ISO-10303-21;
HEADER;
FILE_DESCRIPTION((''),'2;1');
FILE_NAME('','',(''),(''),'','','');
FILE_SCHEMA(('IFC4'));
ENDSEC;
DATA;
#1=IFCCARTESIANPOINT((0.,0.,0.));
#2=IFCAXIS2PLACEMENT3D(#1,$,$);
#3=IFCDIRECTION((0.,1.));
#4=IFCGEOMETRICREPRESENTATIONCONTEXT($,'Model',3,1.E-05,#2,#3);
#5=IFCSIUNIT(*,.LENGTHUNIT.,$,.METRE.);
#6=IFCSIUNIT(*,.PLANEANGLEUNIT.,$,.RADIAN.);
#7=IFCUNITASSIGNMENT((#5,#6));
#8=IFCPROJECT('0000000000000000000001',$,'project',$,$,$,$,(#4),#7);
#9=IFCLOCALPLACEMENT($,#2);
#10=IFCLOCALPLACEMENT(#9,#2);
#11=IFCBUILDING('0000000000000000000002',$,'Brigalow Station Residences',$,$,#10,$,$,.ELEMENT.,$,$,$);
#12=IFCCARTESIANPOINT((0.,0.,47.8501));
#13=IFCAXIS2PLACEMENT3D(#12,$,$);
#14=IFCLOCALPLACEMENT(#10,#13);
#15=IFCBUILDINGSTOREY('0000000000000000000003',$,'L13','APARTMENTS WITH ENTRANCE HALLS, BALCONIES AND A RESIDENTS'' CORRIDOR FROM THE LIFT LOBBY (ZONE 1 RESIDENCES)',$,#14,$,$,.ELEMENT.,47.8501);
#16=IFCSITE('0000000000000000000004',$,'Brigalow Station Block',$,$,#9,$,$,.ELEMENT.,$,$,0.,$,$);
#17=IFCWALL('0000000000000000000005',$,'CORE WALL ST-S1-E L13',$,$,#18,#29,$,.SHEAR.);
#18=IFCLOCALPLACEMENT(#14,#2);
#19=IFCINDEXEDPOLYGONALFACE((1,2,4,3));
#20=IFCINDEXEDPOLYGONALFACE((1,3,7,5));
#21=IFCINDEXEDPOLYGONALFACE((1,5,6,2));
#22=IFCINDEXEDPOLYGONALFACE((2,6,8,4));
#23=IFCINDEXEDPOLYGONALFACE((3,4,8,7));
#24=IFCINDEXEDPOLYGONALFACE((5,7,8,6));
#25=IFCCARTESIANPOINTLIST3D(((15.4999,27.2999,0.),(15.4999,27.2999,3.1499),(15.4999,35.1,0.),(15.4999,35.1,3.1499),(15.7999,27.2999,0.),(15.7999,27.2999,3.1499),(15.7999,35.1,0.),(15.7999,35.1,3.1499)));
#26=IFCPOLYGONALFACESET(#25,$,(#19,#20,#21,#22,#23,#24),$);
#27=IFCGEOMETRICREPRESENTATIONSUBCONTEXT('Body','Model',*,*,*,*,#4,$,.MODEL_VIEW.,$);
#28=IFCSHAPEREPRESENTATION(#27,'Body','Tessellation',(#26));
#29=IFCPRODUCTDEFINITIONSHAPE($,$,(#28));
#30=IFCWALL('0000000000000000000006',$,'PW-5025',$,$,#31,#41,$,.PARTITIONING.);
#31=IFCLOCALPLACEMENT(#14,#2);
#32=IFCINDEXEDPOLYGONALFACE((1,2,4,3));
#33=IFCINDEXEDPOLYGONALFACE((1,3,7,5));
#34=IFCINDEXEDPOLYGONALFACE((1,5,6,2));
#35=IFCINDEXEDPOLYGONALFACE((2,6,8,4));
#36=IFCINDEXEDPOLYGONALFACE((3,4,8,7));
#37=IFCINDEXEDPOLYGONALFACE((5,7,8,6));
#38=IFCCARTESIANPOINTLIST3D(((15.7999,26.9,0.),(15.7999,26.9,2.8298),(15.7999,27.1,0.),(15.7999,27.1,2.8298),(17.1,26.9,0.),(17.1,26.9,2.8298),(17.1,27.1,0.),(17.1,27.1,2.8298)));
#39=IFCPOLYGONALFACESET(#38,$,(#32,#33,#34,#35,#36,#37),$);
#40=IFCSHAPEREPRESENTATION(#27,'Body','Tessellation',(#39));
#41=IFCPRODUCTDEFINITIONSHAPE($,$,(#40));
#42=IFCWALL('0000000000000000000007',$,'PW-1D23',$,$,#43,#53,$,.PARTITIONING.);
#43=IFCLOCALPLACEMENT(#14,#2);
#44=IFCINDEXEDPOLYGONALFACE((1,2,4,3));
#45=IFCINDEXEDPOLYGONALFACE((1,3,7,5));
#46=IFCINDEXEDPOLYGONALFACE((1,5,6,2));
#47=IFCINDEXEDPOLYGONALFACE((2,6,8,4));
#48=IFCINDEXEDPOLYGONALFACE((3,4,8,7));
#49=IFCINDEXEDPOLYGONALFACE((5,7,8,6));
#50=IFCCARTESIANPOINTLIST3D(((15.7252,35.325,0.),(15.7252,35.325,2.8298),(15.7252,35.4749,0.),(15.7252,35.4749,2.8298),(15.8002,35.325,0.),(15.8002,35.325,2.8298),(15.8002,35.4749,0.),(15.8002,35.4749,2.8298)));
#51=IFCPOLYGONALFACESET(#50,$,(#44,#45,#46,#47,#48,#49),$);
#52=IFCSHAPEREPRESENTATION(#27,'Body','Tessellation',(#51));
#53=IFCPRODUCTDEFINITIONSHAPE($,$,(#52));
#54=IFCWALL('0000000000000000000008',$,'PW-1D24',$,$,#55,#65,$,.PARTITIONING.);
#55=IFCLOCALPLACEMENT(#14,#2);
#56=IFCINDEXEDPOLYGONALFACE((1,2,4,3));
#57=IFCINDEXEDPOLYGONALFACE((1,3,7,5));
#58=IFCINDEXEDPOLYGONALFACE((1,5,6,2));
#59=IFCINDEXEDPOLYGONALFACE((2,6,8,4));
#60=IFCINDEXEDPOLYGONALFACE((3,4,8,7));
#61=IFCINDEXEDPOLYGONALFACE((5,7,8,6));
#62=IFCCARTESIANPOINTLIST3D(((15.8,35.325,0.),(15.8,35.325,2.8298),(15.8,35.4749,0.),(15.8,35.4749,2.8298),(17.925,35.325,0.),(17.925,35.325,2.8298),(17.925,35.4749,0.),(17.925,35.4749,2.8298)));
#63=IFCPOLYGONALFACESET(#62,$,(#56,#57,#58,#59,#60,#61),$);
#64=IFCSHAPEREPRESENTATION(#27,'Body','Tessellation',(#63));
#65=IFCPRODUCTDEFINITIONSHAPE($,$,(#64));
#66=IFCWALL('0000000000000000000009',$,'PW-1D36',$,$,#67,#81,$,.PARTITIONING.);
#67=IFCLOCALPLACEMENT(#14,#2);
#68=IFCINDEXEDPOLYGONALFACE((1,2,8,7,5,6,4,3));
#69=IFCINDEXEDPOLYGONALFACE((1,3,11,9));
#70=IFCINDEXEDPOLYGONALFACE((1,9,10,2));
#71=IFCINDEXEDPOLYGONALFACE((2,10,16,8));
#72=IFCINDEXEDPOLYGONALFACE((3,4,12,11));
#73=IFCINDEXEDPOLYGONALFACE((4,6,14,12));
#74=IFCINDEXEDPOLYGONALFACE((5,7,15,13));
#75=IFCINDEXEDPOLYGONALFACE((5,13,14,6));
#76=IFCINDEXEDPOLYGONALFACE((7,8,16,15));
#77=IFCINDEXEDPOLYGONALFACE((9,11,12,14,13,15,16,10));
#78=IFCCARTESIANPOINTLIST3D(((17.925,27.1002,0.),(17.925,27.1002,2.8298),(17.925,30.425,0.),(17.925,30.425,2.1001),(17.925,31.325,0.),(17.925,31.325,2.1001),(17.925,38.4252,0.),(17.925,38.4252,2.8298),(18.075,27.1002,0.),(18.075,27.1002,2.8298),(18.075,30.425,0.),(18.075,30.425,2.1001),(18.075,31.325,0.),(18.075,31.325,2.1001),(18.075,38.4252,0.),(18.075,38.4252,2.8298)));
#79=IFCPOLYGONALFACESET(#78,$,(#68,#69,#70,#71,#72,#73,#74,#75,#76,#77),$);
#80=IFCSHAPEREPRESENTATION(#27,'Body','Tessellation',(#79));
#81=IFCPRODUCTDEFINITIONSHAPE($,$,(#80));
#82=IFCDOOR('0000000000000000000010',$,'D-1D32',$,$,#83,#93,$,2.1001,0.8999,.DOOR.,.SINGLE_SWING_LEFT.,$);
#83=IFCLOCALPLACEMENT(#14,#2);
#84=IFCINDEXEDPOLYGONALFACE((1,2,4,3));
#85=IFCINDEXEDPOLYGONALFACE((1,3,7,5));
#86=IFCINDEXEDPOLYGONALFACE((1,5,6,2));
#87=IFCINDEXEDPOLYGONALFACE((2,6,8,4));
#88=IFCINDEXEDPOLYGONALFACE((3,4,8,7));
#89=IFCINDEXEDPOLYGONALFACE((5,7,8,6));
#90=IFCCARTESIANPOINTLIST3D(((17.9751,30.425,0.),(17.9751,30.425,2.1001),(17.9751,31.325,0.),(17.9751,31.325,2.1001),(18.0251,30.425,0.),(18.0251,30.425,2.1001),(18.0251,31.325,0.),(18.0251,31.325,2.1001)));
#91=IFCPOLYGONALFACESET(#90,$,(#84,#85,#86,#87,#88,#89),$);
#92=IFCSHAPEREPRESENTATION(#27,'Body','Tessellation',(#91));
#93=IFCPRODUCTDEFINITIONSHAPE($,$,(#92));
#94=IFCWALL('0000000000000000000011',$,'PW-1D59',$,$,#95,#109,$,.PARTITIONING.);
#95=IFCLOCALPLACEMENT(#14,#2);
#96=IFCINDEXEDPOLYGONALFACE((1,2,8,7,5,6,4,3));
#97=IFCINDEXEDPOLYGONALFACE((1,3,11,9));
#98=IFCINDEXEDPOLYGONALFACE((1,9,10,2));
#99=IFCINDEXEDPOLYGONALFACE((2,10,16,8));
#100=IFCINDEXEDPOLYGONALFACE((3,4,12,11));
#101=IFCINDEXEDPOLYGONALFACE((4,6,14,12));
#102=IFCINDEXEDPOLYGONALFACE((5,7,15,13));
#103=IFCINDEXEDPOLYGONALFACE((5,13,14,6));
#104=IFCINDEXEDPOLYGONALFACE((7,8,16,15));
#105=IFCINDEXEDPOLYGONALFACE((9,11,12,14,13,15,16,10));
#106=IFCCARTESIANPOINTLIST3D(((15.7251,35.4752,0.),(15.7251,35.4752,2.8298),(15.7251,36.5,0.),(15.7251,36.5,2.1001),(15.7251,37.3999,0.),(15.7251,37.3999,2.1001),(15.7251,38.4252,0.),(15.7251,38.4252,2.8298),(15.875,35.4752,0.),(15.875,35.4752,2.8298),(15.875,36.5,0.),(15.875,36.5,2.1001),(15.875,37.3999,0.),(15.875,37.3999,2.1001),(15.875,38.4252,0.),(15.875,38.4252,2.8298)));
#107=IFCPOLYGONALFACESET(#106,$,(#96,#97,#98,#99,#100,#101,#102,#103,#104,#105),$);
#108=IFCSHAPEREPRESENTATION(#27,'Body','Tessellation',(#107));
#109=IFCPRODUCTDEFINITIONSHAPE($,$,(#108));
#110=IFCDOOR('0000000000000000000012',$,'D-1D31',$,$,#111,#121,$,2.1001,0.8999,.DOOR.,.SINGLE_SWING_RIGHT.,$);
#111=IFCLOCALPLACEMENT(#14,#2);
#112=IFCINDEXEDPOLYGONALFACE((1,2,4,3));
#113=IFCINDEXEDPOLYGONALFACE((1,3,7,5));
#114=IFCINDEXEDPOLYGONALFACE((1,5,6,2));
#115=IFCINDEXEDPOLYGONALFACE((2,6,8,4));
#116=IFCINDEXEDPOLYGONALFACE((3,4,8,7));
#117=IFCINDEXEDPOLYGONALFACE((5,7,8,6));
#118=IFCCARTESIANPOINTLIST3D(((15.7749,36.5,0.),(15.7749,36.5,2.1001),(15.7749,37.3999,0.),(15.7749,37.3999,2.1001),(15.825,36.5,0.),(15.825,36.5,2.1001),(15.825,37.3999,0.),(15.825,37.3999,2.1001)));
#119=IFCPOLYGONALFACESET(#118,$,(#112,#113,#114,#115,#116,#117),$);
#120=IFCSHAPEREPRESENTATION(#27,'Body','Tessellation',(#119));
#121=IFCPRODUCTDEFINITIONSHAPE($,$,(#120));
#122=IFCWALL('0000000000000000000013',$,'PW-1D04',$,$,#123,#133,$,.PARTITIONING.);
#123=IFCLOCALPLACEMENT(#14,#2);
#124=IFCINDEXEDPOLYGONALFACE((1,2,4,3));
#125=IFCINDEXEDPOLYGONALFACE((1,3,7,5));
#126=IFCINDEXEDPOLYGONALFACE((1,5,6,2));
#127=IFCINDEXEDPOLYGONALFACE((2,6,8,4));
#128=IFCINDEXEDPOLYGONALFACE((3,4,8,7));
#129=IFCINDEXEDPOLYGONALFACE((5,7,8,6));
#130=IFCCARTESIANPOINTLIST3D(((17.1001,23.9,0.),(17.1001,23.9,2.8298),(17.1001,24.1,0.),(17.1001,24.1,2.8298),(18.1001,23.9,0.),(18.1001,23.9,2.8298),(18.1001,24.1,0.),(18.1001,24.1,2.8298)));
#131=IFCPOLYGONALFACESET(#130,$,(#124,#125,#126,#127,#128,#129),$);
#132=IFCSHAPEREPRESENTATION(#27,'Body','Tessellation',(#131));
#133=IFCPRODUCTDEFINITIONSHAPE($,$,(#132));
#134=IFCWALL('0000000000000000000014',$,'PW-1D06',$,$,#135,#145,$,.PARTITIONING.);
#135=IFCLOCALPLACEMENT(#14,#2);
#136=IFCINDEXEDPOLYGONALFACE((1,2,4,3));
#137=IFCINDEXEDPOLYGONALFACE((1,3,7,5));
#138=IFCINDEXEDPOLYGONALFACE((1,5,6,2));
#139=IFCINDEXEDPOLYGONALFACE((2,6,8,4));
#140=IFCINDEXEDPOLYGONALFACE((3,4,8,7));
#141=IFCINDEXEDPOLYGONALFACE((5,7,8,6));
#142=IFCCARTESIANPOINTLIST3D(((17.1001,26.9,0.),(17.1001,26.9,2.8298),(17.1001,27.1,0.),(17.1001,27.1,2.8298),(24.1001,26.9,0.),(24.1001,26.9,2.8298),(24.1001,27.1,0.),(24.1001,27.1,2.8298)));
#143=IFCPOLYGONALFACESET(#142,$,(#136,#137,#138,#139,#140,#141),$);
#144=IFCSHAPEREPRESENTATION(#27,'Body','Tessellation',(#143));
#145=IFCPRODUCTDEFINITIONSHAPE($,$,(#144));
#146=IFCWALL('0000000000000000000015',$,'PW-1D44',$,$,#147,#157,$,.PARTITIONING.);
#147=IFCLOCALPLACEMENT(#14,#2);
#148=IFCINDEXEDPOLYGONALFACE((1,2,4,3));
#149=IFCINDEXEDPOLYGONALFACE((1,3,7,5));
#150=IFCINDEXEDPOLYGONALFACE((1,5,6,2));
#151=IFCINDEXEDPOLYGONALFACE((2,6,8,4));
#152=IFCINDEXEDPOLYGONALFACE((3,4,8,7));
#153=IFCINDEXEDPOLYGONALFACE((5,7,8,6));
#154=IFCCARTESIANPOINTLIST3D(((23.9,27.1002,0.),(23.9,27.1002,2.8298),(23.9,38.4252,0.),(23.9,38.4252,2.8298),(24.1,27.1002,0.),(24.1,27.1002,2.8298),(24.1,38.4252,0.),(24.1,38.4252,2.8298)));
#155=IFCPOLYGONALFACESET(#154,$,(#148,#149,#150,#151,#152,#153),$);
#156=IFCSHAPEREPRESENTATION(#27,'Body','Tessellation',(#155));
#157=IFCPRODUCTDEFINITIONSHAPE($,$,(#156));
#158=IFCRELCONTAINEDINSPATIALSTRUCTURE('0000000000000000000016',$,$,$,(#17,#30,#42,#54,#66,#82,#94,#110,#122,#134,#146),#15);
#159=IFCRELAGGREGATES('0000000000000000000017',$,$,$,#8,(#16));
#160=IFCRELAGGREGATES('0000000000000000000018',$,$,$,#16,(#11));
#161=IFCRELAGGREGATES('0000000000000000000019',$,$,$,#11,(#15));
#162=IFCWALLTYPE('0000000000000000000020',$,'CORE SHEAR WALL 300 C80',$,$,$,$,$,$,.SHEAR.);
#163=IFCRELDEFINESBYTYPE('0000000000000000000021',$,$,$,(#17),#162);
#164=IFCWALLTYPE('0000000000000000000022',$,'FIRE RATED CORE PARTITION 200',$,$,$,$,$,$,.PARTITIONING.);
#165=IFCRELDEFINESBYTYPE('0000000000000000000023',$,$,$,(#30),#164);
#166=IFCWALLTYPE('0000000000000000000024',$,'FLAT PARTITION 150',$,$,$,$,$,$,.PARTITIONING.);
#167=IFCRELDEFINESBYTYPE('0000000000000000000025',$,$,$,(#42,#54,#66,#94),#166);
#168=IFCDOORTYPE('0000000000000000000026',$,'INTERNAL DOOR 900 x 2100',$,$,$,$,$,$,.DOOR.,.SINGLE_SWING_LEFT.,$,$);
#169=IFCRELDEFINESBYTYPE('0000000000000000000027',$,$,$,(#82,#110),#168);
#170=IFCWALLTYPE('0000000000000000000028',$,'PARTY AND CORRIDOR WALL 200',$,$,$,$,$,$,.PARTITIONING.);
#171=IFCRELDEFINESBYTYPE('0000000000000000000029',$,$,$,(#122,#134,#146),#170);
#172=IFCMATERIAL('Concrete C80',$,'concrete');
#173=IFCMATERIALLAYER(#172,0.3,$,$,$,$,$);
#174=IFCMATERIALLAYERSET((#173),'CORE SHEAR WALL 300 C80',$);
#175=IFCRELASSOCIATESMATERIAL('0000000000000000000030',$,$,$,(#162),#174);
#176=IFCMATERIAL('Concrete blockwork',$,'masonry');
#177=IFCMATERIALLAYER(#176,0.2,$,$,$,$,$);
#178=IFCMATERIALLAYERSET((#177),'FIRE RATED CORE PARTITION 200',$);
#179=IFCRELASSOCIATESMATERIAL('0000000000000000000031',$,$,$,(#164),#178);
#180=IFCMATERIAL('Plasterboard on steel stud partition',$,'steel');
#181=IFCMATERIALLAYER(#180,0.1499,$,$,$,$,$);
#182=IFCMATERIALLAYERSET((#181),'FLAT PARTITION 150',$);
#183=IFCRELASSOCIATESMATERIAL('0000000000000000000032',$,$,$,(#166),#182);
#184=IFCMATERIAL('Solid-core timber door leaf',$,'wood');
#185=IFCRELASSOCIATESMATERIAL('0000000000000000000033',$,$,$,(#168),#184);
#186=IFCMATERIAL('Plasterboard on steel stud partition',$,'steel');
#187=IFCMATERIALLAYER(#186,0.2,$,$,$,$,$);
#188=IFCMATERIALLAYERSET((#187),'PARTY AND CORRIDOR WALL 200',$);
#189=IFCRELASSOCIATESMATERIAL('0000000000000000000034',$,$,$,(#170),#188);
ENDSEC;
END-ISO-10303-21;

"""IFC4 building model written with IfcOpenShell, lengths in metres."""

from ifc_helpers import new_model, si_unit, direction, frame, frame_2d, origin, place, context, subcontext, project, spatial, rectangle, extrude, material, layer, layer_set, type_object, element, fill, save


model = new_model("IFC4")

# Units and contexts
model_context = context("Model", 3, precision=1e-05, world=origin(), true_north=direction((0.0, 1.0)))
body_context = subcontext(model_context, "Body", "Model", "MODEL_VIEW")
ifc_project = project(units=[si_unit("LENGTHUNIT", "METRE"), si_unit("PLANEANGLEUNIT", "RADIAN")], contexts=[model_context])

# Site, building, storey
site_placement = place(None, origin())
site = spatial("IfcSite", under=ifc_project, at=site_placement, Name="Brigalow Station Block", CompositionType="ELEMENT", RefElevation=0.0)
building_placement = place(site_placement, origin())
building = spatial("IfcBuilding", under=site, at=building_placement, Name="Brigalow Station Residences", CompositionType="ELEMENT")
storey_placement = place(building_placement, frame((0.0, 0.0, 47.8501)))
storey = spatial("IfcBuildingStorey", under=building, at=storey_placement, Name="L13", Description="APARTMENTS WITH ENTRANCE HALLS, BALCONIES AND A RESIDENTS' CORRIDOR FROM THE LIFT LOBBY (ZONE 1 RESIDENCES)", CompositionType="ELEMENT", Elevation=47.8501)

# Walls
ifc_material_1 = material(Name="Concrete C80", Category="concrete")
ifc_layer_1 = layer(ifc_material_1, 0.3)
ifc_layer_set_1 = layer_set([ifc_layer_1], Name="CORE SHEAR WALL 300 C80")
wall_type_1 = type_object("IfcWallType", Name="CORE SHEAR WALL 300 C80", PredefinedType="SHEAR", material=ifc_layer_set_1)
wall_1_placement = place(storey_placement, frame((15.6499, 27.3, 0.0), z_axis=(0.0, 0.0, 1.0), x_axis=(0.0, 1.0, 0.0)))
element("IfcWall", 1, at=wall_1_placement, inside=storey, type_object=wall_type_1, Name="CORE WALL ST-S1-E L13", PredefinedType="SHEAR", context=body_context, shape_type="SweptSolid", body=[
    extrude(rectangle(XDim=7.8, YDim=0.3, at=frame_2d((3.8999, 0.0))), origin(), (0.0, 0.0, 1.0), 3.1499),
])
ifc_material_2 = material(Name="Concrete blockwork", Category="masonry")
ifc_layer_2 = layer(ifc_material_2, 0.2)
ifc_layer_set_2 = layer_set([ifc_layer_2], Name="FIRE RATED CORE PARTITION 200")
wall_type_2 = type_object("IfcWallType", Name="FIRE RATED CORE PARTITION 200", PredefinedType="PARTITIONING", material=ifc_layer_set_2)
wall_2_placement = place(storey_placement, frame((15.8, 27.0, 0.0), z_axis=(0.0, 0.0, 1.0), x_axis=(1.0, 0.0, 0.0)))
element("IfcWall", 2, at=wall_2_placement, inside=storey, type_object=wall_type_2, Name="PW-5025", PredefinedType="PARTITIONING", context=body_context, shape_type="SweptSolid", body=[
    extrude(rectangle(XDim=1.3, YDim=0.2, at=frame_2d((0.6499, 0.0))), origin(), (0.0, 0.0, 1.0), 2.8298),
])
ifc_material_3 = material(Name="Plasterboard on steel stud partition", Category="steel")
ifc_layer_3 = layer(ifc_material_3, 0.1499)
ifc_layer_set_3 = layer_set([ifc_layer_3], Name="FLAT PARTITION 150")
wall_type_3 = type_object("IfcWallType", Name="FLAT PARTITION 150", PredefinedType="PARTITIONING", material=ifc_layer_set_3)
wall_3_placement = place(storey_placement, frame((15.7251, 35.3999, 0.0), z_axis=(0.0, 0.0, 1.0), x_axis=(1.0, 0.0, 0.0)))
element("IfcWall", 3, at=wall_3_placement, inside=storey, type_object=wall_type_3, Name="PW-1D23", PredefinedType="PARTITIONING", context=body_context, shape_type="SweptSolid", body=[
    extrude(rectangle(XDim=0.075, YDim=0.1499, at=frame_2d((0.0376, 0.0))), origin(), (0.0, 0.0, 1.0), 2.8298),
])
wall_4_placement = place(storey_placement, frame((15.8, 35.3999, 0.0), z_axis=(0.0, 0.0, 1.0), x_axis=(1.0, 0.0, 0.0)))
element("IfcWall", 4, at=wall_4_placement, inside=storey, type_object=wall_type_3, Name="PW-1D24", PredefinedType="PARTITIONING", context=body_context, shape_type="SweptSolid", body=[
    extrude(rectangle(XDim=2.125, YDim=0.1499, at=frame_2d((1.0625, 0.0))), origin(), (0.0, 0.0, 1.0), 2.8298),
])

# Walls, openings, doors
wall_5_placement = place(storey_placement, frame((18.0, 27.1001, 0.0), z_axis=(0.0, 0.0, 1.0), x_axis=(0.0, 1.0, 0.0)))
wall_5 = element("IfcWall", 5, at=wall_5_placement, inside=storey, type_object=wall_type_3, Name="PW-1D36", PredefinedType="PARTITIONING", context=body_context, shape_type="SweptSolid", body=[
    extrude(rectangle(XDim=11.325, YDim=0.1499, at=frame_2d((5.6626, 0.0))), origin(), (0.0, 0.0, 1.0), 2.8298),
])
opening_1_placement = place(wall_5_placement, frame((3.325, 0.0, 0.0)))
opening_1 = element("IfcOpeningElement", 6, at=opening_1_placement, cuts=wall_5, PredefinedType="OPENING", context=body_context, shape_type="SweptSolid", body=[
    extrude(rectangle(XDim=0.8999, YDim=2.1001, at=frame_2d((0.45, 1.05))), frame((0.0, 0.085, 0.0), z_axis=(0.0, -1.0, 0.0), x_axis=(1.0, 0.0, 0.0)), (0.0, 0.0, 1.0), 0.1699),
])
ifc_material_4 = material(Name="Solid-core timber door leaf", Category="wood")
door_type = type_object("IfcDoorType", Name="INTERNAL DOOR 900 x 2100", OperationType="SINGLE_SWING_LEFT", PredefinedType="DOOR", material=ifc_material_4)
door_1_placement = place(opening_1_placement, origin())
door_1 = element("IfcDoor", 7, at=door_1_placement, inside=storey, type_object=door_type, Name="D-1D32", OperationType="SINGLE_SWING_LEFT", OverallHeight=2.1001, OverallWidth=0.8999, PredefinedType="DOOR", context=body_context, shape_type="SweptSolid", body=[
    extrude(rectangle(XDim=0.8999, YDim=2.1001, at=frame_2d((0.45, 1.05))), frame((0.0, 0.0249, 0.0), z_axis=(0.0, -1.0, 0.0), x_axis=(1.0, 0.0, 0.0)), (0.0, 0.0, 1.0), 0.05),
])
fill(opening_1, door_1)
wall_6_placement = place(storey_placement, frame((15.8, 35.4751, 0.0), z_axis=(0.0, 0.0, 1.0), x_axis=(0.0, 1.0, 0.0)))
wall_6 = element("IfcWall", 8, at=wall_6_placement, inside=storey, type_object=wall_type_3, Name="PW-1D59", PredefinedType="PARTITIONING", context=body_context, shape_type="SweptSolid", body=[
    extrude(rectangle(XDim=2.95, YDim=0.1499, at=frame_2d((1.4751, 0.0))), origin(), (0.0, 0.0, 1.0), 2.8298),
])
opening_2_placement = place(wall_6_placement, frame((1.0249, 0.0, 0.0)))
opening_2 = element("IfcOpeningElement", 9, at=opening_2_placement, cuts=wall_6, PredefinedType="OPENING", context=body_context, shape_type="SweptSolid", body=[
    extrude(rectangle(XDim=0.8999, YDim=2.1001, at=frame_2d((0.45, 1.05))), frame((0.0, 0.085, 0.0), z_axis=(0.0, -1.0, 0.0), x_axis=(1.0, 0.0, 0.0)), (0.0, 0.0, 1.0), 0.1699),
])
door_2_placement = place(opening_2_placement, frame((0.8999, 0.0, 0.0), z_axis=(0.0, 0.0, 1.0), x_axis=(-1.0, 0.0, 0.0)))
door_2 = element("IfcDoor", 10, at=door_2_placement, inside=storey, type_object=door_type, Name="D-1D31", OperationType="SINGLE_SWING_RIGHT", OverallHeight=2.1001, OverallWidth=0.8999, PredefinedType="DOOR", context=body_context, shape_type="SweptSolid", body=[
    extrude(rectangle(XDim=0.8999, YDim=2.1001, at=frame_2d((0.45, 1.05))), frame((0.0, 0.0249, 0.0), z_axis=(0.0, -1.0, 0.0), x_axis=(1.0, 0.0, 0.0)), (0.0, 0.0, 1.0), 0.05),
])
fill(opening_2, door_2)

# Walls
ifc_material_5 = material(Name="Plasterboard on steel stud partition", Category="steel")
ifc_layer_4 = layer(ifc_material_5, 0.2)
ifc_layer_set_4 = layer_set([ifc_layer_4], Name="PARTY AND CORRIDOR WALL 200")
wall_type_4 = type_object("IfcWallType", Name="PARTY AND CORRIDOR WALL 200", PredefinedType="PARTITIONING", material=ifc_layer_set_4)
wall_7_placement = place(storey_placement, frame((17.1001, 24.0, 0.0), z_axis=(0.0, 0.0, 1.0), x_axis=(1.0, 0.0, 0.0)))
element("IfcWall", 11, at=wall_7_placement, inside=storey, type_object=wall_type_4, Name="PW-1D04", PredefinedType="PARTITIONING", context=body_context, shape_type="SweptSolid", body=[
    extrude(rectangle(XDim=1.0, YDim=0.2, at=frame_2d((0.5, 0.0))), origin(), (0.0, 0.0, 1.0), 2.8298),
])
wall_8_placement = place(storey_placement, frame((17.1001, 27.0, 0.0), z_axis=(0.0, 0.0, 1.0), x_axis=(1.0, 0.0, 0.0)))
element("IfcWall", 12, at=wall_8_placement, inside=storey, type_object=wall_type_4, Name="PW-1D06", PredefinedType="PARTITIONING", context=body_context, shape_type="SweptSolid", body=[
    extrude(rectangle(XDim=7.0, YDim=0.2, at=frame_2d((3.5, 0.0))), origin(), (0.0, 0.0, 1.0), 2.8298),
])
wall_9_placement = place(storey_placement, frame((24.0, 27.1001, 0.0), z_axis=(0.0, 0.0, 1.0), x_axis=(0.0, 1.0, 0.0)))
element("IfcWall", 13, at=wall_9_placement, inside=storey, type_object=wall_type_4, Name="PW-1D44", PredefinedType="PARTITIONING", context=body_context, shape_type="SweptSolid", body=[
    extrude(rectangle(XDim=11.325, YDim=0.2, at=frame_2d((5.6626, 0.0))), origin(), (0.0, 0.0, 1.0), 2.8298),
])

save(model, "model.ifc")
